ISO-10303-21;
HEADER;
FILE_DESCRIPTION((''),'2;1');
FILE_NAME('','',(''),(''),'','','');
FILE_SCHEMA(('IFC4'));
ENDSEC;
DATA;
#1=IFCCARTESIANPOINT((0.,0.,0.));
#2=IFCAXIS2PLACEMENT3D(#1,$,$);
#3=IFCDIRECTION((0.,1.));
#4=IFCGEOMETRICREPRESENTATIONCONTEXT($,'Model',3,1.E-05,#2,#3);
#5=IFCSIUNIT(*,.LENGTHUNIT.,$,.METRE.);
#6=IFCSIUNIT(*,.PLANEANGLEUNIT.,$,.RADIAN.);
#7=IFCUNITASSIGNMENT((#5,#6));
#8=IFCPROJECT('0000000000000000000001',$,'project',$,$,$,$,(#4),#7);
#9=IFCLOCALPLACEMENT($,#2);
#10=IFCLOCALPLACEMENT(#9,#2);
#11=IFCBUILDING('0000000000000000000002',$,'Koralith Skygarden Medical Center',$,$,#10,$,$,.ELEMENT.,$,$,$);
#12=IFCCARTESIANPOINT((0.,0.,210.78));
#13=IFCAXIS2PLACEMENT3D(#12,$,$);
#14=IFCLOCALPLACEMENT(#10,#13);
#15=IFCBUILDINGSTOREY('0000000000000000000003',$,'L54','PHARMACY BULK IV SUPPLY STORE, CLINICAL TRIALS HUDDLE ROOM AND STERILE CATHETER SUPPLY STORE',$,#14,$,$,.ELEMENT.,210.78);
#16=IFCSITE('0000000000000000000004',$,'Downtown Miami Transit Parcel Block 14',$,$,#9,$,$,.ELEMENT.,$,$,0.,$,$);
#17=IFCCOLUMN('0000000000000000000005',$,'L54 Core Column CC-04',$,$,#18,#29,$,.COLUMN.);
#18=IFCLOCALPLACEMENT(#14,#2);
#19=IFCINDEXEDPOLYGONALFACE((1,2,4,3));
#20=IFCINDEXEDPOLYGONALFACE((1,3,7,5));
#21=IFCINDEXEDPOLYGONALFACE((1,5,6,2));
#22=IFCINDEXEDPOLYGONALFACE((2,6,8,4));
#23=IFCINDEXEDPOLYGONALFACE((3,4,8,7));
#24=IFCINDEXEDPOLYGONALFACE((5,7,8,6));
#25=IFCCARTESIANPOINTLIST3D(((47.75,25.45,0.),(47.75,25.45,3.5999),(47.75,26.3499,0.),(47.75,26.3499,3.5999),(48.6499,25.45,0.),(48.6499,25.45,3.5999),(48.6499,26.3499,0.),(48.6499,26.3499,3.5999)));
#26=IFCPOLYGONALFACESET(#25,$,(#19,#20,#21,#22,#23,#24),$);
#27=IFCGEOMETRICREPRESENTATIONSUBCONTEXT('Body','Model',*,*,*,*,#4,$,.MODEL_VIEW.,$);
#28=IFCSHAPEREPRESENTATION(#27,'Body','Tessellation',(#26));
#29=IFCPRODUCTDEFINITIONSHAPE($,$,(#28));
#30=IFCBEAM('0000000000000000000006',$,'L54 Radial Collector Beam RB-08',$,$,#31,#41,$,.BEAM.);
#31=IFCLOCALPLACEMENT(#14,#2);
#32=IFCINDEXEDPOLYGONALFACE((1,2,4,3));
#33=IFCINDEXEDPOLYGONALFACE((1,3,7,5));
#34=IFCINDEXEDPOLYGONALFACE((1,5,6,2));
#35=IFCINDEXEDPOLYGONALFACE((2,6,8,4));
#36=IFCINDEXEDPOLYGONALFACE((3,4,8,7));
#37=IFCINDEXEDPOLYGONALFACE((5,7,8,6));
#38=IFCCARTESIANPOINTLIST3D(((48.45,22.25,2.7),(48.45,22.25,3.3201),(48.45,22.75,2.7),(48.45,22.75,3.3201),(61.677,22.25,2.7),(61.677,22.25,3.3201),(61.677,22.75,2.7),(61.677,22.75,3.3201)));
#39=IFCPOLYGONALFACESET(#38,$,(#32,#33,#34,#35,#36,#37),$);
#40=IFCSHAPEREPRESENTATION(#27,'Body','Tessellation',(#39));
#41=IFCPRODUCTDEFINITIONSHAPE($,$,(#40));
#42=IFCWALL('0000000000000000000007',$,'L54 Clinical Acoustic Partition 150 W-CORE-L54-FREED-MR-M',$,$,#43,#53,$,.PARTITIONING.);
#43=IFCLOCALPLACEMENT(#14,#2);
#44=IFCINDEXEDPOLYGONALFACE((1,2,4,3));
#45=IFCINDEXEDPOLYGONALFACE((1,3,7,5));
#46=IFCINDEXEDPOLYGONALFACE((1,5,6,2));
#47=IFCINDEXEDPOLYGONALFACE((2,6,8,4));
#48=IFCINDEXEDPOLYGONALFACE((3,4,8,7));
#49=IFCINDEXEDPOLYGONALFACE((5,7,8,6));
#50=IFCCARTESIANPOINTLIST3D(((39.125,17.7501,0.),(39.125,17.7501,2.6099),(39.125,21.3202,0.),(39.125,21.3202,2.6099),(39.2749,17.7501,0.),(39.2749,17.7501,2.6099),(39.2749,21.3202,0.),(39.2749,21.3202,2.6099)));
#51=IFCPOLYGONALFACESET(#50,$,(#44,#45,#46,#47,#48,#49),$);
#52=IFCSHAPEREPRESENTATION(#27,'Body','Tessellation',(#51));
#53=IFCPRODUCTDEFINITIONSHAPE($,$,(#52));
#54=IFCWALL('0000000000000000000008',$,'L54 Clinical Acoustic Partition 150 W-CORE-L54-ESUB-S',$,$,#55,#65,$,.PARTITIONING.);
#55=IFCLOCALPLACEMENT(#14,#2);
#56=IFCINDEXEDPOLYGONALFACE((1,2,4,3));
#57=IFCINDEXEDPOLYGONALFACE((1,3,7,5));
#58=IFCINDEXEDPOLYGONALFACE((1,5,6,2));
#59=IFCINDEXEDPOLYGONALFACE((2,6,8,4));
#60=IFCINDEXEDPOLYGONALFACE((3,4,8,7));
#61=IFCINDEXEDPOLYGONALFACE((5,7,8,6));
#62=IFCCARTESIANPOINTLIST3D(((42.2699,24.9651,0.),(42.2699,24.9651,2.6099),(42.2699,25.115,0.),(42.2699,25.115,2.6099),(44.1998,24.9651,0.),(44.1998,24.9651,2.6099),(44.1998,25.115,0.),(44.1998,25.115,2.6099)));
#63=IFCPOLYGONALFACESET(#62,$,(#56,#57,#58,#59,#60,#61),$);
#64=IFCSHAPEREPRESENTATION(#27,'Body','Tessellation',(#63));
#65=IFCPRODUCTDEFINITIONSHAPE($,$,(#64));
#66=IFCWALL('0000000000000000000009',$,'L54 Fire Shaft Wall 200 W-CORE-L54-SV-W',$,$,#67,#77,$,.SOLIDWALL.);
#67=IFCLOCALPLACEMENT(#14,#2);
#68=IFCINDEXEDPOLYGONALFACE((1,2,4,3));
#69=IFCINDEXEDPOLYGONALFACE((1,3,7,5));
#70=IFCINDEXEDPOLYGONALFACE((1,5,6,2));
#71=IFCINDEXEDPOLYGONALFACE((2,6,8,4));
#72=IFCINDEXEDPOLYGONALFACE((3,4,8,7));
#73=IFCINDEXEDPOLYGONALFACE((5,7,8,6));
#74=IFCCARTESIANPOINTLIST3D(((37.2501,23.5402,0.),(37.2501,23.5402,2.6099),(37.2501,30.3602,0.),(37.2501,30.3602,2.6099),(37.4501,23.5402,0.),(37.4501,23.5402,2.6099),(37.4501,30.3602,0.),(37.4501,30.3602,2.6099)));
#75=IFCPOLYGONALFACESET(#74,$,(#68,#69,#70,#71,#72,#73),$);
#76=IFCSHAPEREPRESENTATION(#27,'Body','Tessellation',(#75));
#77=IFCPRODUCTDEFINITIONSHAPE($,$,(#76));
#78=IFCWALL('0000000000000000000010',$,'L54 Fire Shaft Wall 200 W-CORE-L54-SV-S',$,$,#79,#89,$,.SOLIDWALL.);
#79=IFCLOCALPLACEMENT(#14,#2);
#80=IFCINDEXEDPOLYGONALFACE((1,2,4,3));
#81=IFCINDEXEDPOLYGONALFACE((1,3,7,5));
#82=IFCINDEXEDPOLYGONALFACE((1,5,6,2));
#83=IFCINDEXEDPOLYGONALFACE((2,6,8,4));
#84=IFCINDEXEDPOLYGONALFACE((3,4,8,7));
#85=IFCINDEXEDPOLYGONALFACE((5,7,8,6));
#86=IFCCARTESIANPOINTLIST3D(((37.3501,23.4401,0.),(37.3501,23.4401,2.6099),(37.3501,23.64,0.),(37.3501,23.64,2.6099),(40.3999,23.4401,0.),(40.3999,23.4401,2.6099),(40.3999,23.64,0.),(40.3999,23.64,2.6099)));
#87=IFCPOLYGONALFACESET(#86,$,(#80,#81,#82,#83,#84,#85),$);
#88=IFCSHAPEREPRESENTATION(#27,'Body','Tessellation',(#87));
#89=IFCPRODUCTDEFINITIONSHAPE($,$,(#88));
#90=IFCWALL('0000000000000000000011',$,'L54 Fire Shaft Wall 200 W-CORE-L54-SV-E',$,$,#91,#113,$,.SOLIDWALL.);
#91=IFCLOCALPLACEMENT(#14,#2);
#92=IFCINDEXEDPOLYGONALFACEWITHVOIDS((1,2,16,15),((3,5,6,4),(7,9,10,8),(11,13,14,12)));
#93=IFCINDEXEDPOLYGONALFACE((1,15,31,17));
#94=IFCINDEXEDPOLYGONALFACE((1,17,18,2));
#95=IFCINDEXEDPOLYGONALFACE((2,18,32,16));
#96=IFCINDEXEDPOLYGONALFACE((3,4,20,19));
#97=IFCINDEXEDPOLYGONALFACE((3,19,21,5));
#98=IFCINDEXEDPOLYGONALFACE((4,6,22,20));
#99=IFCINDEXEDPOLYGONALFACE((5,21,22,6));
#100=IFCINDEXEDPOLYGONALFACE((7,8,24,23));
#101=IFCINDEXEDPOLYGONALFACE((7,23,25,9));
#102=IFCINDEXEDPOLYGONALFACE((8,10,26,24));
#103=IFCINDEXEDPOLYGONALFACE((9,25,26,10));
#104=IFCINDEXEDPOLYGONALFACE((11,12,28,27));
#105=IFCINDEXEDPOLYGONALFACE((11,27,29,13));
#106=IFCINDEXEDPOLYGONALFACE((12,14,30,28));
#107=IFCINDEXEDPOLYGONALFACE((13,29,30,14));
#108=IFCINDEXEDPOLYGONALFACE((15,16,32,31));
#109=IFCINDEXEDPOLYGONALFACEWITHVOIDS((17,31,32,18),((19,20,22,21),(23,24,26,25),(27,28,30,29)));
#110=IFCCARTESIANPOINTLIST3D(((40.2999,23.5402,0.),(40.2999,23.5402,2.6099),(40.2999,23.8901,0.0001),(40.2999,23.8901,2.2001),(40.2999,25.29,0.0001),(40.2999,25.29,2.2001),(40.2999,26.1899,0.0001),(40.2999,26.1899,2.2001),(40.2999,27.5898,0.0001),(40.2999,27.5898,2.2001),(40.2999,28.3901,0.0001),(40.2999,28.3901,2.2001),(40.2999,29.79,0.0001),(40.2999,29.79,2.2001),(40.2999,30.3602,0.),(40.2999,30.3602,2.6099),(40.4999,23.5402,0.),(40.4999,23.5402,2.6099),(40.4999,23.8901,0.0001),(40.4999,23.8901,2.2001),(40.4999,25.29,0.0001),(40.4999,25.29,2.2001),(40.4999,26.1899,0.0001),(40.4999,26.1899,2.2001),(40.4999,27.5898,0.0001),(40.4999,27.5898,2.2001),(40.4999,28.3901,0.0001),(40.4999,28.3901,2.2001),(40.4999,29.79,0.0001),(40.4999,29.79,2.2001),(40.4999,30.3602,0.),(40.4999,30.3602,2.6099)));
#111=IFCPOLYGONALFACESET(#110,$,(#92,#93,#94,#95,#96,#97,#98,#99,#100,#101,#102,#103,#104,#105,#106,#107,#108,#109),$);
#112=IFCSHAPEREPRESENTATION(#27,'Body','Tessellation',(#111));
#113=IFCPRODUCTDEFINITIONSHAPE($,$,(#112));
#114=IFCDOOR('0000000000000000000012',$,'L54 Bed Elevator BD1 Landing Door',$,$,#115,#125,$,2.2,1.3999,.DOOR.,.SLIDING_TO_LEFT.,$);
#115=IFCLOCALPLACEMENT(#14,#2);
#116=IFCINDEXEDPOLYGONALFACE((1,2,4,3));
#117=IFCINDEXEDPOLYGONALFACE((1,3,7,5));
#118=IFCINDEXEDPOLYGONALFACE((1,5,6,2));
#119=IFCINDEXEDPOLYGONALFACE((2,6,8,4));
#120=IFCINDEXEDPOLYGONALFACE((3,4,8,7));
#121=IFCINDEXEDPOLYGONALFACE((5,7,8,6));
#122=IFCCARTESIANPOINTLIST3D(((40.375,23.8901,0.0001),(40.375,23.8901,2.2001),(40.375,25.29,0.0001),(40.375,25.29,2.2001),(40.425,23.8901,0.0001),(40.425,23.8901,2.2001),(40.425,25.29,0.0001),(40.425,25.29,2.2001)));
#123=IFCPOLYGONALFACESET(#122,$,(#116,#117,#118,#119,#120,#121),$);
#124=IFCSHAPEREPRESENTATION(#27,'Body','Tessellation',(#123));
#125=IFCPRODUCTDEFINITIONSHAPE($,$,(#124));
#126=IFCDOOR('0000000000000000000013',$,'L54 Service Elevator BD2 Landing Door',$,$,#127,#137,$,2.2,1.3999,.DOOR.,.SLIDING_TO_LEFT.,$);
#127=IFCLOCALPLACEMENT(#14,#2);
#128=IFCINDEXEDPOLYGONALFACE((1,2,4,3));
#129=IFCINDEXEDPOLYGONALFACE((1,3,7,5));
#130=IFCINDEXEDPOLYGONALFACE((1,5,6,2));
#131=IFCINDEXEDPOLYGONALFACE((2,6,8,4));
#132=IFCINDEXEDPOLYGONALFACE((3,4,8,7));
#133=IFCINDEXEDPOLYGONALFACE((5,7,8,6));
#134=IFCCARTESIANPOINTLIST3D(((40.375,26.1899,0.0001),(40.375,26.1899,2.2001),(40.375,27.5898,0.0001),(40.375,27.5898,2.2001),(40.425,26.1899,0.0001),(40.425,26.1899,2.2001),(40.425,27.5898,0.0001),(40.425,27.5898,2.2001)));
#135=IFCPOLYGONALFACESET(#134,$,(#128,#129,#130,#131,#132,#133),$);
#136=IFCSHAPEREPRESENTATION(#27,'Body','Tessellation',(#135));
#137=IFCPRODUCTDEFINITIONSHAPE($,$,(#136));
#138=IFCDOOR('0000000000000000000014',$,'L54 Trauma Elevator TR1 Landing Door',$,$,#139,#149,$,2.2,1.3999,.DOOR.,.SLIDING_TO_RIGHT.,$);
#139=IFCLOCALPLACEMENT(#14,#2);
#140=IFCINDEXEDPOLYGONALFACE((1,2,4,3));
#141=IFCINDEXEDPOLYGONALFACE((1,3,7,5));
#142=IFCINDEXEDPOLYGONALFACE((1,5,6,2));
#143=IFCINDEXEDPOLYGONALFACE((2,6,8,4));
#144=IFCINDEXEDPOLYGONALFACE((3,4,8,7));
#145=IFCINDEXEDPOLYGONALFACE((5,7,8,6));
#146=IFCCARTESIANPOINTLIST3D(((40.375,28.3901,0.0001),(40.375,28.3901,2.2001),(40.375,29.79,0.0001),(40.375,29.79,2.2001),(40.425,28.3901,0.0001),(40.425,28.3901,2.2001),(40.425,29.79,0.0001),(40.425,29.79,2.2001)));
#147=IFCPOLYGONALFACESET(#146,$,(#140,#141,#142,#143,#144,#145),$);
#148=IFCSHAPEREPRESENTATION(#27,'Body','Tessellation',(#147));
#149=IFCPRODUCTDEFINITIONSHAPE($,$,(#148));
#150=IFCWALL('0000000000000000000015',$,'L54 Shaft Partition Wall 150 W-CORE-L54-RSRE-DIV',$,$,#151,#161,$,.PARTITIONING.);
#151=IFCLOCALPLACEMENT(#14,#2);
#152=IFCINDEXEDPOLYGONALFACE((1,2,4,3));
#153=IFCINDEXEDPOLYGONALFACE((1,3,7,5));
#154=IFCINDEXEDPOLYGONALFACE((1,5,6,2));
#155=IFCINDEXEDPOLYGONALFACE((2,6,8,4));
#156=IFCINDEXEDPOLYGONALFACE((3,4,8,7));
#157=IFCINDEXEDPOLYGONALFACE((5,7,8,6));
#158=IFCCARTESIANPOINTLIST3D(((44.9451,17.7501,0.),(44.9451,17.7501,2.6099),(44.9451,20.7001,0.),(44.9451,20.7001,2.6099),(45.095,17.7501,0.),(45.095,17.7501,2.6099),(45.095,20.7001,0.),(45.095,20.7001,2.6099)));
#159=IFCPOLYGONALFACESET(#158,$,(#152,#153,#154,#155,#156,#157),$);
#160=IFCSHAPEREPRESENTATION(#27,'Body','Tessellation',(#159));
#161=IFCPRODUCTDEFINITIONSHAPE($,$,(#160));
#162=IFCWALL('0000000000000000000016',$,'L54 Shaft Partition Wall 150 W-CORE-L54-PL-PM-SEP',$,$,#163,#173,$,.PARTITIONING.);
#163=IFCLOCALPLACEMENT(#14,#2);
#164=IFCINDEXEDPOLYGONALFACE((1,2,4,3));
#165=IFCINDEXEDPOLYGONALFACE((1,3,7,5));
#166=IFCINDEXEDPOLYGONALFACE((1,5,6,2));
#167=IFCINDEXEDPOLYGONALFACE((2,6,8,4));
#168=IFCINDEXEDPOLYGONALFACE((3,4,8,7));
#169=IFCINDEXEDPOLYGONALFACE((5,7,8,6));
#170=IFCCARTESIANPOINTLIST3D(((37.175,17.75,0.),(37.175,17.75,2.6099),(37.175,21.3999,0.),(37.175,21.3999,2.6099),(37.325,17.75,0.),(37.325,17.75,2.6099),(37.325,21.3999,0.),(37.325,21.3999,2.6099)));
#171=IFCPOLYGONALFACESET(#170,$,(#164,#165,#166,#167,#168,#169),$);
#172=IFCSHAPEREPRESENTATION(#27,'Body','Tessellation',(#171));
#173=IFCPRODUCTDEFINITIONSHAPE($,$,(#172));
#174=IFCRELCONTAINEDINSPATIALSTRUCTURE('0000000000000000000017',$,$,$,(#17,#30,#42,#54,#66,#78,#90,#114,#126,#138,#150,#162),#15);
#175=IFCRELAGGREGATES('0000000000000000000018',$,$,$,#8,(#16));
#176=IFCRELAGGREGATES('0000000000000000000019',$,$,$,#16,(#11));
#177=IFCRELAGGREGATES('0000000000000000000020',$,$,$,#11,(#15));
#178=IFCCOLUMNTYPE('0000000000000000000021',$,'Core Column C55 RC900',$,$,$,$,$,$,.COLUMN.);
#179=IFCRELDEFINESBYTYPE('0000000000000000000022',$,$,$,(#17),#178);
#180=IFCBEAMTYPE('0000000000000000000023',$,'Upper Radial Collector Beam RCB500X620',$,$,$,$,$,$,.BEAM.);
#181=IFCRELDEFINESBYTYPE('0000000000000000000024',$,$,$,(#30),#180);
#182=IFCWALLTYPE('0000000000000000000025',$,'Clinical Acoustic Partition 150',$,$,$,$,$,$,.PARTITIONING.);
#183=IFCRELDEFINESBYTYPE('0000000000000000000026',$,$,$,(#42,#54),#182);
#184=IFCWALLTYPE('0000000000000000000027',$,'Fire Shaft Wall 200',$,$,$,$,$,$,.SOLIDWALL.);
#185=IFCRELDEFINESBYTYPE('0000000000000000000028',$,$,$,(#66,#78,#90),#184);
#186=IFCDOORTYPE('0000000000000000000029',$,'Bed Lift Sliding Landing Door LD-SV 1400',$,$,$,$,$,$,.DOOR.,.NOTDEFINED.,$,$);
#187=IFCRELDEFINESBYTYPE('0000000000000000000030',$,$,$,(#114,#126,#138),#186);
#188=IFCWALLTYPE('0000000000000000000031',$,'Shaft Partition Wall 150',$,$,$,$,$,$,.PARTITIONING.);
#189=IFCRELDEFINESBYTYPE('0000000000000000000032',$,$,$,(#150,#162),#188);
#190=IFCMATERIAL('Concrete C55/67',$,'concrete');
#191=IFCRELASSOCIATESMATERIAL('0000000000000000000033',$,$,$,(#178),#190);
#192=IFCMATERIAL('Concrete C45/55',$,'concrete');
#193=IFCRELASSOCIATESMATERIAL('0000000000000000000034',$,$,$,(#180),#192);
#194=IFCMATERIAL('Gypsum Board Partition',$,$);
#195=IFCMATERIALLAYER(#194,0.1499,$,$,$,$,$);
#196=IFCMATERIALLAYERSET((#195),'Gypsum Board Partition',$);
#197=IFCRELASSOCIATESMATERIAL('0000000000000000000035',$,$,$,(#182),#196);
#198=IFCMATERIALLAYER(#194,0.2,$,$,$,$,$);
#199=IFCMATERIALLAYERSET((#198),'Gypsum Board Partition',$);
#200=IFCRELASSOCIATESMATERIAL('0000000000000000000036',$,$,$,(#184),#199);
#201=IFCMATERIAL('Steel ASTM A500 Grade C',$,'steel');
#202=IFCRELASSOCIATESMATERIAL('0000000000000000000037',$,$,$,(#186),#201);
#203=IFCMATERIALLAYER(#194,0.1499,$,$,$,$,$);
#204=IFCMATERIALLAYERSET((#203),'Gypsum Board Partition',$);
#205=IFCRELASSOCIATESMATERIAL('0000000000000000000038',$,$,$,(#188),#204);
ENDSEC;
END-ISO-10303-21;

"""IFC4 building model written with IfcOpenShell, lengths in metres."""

from ifc_helpers import new_model, si_unit, direction, frame, frame_2d, origin, origin_2d, place, context, subcontext, project, spatial, rectangle, extrude, material, layer, layer_set, material_profile, profile_set, type_object, element, fill, save


model = new_model("IFC4")

# Units and contexts
model_context = context("Model", 3, precision=1e-05, world=origin(), true_north=direction((0.0, 1.0)))
body_context = subcontext(model_context, "Body", "Model", "MODEL_VIEW")
ifc_project = project(units=[si_unit("LENGTHUNIT", "METRE"), si_unit("PLANEANGLEUNIT", "RADIAN")], contexts=[model_context])

# Site, building, storey
site_placement = place(None, origin())
site = spatial("IfcSite", under=ifc_project, at=site_placement, Name="Downtown Miami Transit Parcel Block 14", CompositionType="ELEMENT", RefElevation=0.0)
building_placement = place(site_placement, origin())
building = spatial("IfcBuilding", under=site, at=building_placement, Name="Koralith Skygarden Medical Center", CompositionType="ELEMENT")
storey_placement = place(building_placement, frame((0.0, 0.0, 210.78)))
storey = spatial("IfcBuildingStorey", under=building, at=storey_placement, Name="L54", Description="PHARMACY BULK IV SUPPLY STORE, CLINICAL TRIALS HUDDLE ROOM AND STERILE CATHETER SUPPLY STORE", CompositionType="ELEMENT", Elevation=210.78)

# Column
ifc_material_1 = material(Name="Concrete C55/67", Category="concrete")
ifc_material_profile_1 = material_profile(ifc_material_1, rectangle(XDim=0.8999, YDim=0.8999, at=origin_2d()), Name="RC900X900")
ifc_profile_set_1 = profile_set([ifc_material_profile_1], Name="Concrete C55/67")
column_type = type_object("IfcColumnType", Name="Core Column C55 RC900", PredefinedType="COLUMN", material=ifc_profile_set_1)
column_placement = place(storey_placement, frame((48.2, 25.8999, 0.0), z_axis=(0.0, 0.0, 1.0), x_axis=(1.0, 0.0, 0.0)))
element("IfcColumn", 1, at=column_placement, inside=storey, type_object=column_type, Name="L54 Core Column CC-04", PredefinedType="COLUMN", context=body_context, shape_type="SweptSolid", body=[
    extrude(rectangle(XDim=0.8999, YDim=0.8999, at=origin_2d()), origin(), (0.0, 0.0, 1.0), 3.5999),
])

# Beam
ifc_material_2 = material(Name="Concrete C45/55", Category="concrete")
ifc_material_profile_2 = material_profile(ifc_material_2, rectangle(XDim=0.5, YDim=0.6201, at=origin_2d()), Name="RCB500X620")
ifc_profile_set_2 = profile_set([ifc_material_profile_2], Name="Concrete C45/55")
beam_type = type_object("IfcBeamType", Name="Upper Radial Collector Beam RCB500X620", PredefinedType="BEAM", material=ifc_profile_set_2)
beam_placement = place(storey_placement, frame((48.45, 22.5, 3.01), z_axis=(1.0, 0.0, 0.0), x_axis=(0.0, 1.0, 0.0)))
element("IfcBeam", 2, at=beam_placement, inside=storey, type_object=beam_type, Name="L54 Radial Collector Beam RB-08", PredefinedType="BEAM", context=body_context, shape_type="SweptSolid", body=[
    extrude(rectangle(XDim=0.5, YDim=0.6201, at=origin_2d()), origin(), (0.0, 0.0, 1.0), 13.2271),
])

# Shared definitions
ifc_material_3 = material(Name="Gypsum Board Partition")
ifc_layer_1 = layer(ifc_material_3, 0.1499)
ifc_layer_set_1 = layer_set([ifc_layer_1], Name="Gypsum Board Partition")
wall_type_1 = type_object("IfcWallType", Name="Clinical Acoustic Partition 150", PredefinedType="PARTITIONING", material=ifc_layer_set_1)

# Wall
wall_1_placement = place(storey_placement, frame((39.2, 17.75, 0.0), z_axis=(0.0, 0.0, 1.0), x_axis=(0.0, 1.0, 0.0)))
element("IfcWall", 3, at=wall_1_placement, inside=storey, type_object=wall_type_1, Name="L54 Clinical Acoustic Partition 150 W-CORE-L54-FREED-MR-M", PredefinedType="PARTITIONING", context=body_context, shape_type="SweptSolid", body=[
    extrude(rectangle(XDim=3.5701, YDim=0.1499, at=frame_2d((1.7852, 0.0))), origin(), (0.0, 0.0, 1.0), 2.6099),
])

# Wall
wall_2_placement = place(storey_placement, frame((42.27, 25.04, 0.0), z_axis=(0.0, 0.0, 1.0), x_axis=(1.0, 0.0, 0.0)))
element("IfcWall", 4, at=wall_2_placement, inside=storey, type_object=wall_type_1, Name="L54 Clinical Acoustic Partition 150 W-CORE-L54-ESUB-S", PredefinedType="PARTITIONING", context=body_context, shape_type="SweptSolid", body=[
    extrude(rectangle(XDim=1.9299, YDim=0.1499, at=frame_2d((0.9648, 0.0))), origin(), (0.0, 0.0, 1.0), 2.6099),
])

# Shared definitions
ifc_layer_2 = layer(ifc_material_3, 0.2)
ifc_layer_set_2 = layer_set([ifc_layer_2], Name="Gypsum Board Partition")
wall_type_2 = type_object("IfcWallType", Name="Fire Shaft Wall 200", PredefinedType="SOLIDWALL", material=ifc_layer_set_2)
ifc_material_4 = material(Name="Steel ASTM A500 Grade C", Category="steel")

# Walls
wall_3_placement = place(storey_placement, frame((37.3501, 23.54, 0.0), z_axis=(0.0, 0.0, 1.0), x_axis=(0.0, 1.0, 0.0)))
element("IfcWall", 5, at=wall_3_placement, inside=storey, type_object=wall_type_2, Name="L54 Fire Shaft Wall 200 W-CORE-L54-SV-W", PredefinedType="SOLIDWALL", context=body_context, shape_type="SweptSolid", body=[
    extrude(rectangle(XDim=6.8201, YDim=0.2, at=frame_2d((3.4102, 0.0))), origin(), (0.0, 0.0, 1.0), 2.6099),
])
wall_4_placement = place(storey_placement, frame((37.3501, 23.54, 0.0), z_axis=(0.0, 0.0, 1.0), x_axis=(1.0, 0.0, 0.0)))
element("IfcWall", 6, at=wall_4_placement, inside=storey, type_object=wall_type_2, Name="L54 Fire Shaft Wall 200 W-CORE-L54-SV-S", PredefinedType="SOLIDWALL", context=body_context, shape_type="SweptSolid", body=[
    extrude(rectangle(XDim=3.0498, YDim=0.2, at=frame_2d((1.5249, 0.0))), origin(), (0.0, 0.0, 1.0), 2.6099),
])

# Wall, openings, doors
wall_5_placement = place(storey_placement, frame((40.3999, 23.54, 0.0), z_axis=(0.0, 0.0, 1.0), x_axis=(0.0, 1.0, 0.0)))
wall_5 = element("IfcWall", 7, at=wall_5_placement, inside=storey, type_object=wall_type_2, Name="L54 Fire Shaft Wall 200 W-CORE-L54-SV-E", PredefinedType="SOLIDWALL", context=body_context, shape_type="SweptSolid", body=[
    extrude(rectangle(XDim=6.8201, YDim=0.2, at=frame_2d((3.4102, 0.0))), origin(), (0.0, 0.0, 1.0), 2.6099),
])
opening_1_placement = place(wall_5_placement, frame((0.3501, 0.0, 0.0)))
opening_1 = element("IfcOpeningElement", 8, at=opening_1_placement, cuts=wall_5, PredefinedType="OPENING", context=body_context, shape_type="SweptSolid", body=[
    extrude(rectangle(XDim=1.3999, YDim=2.2, at=frame_2d((0.7, 1.1001))), frame((0.0, 0.1099, 0.0), z_axis=(0.0, -1.0, 0.0), x_axis=(1.0, 0.0, 0.0)), (0.0, 0.0, 1.0), 0.22),
])
opening_2_placement = place(wall_5_placement, frame((2.6499, 0.0, 0.0)))
opening_2 = element("IfcOpeningElement", 9, at=opening_2_placement, cuts=wall_5, PredefinedType="OPENING", context=body_context, shape_type="SweptSolid", body=[
    extrude(rectangle(XDim=1.3999, YDim=2.2, at=frame_2d((0.7, 1.1001))), frame((0.0, 0.1099, 0.0), z_axis=(0.0, -1.0, 0.0), x_axis=(1.0, 0.0, 0.0)), (0.0, 0.0, 1.0), 0.22),
])
opening_3_placement = place(wall_5_placement, frame((4.8501, 0.0, 0.0)))
opening_3 = element("IfcOpeningElement", 10, at=opening_3_placement, cuts=wall_5, PredefinedType="OPENING", context=body_context, shape_type="SweptSolid", body=[
    extrude(rectangle(XDim=1.3999, YDim=2.2, at=frame_2d((0.7, 1.1001))), frame((0.0, 0.1099, 0.0), z_axis=(0.0, -1.0, 0.0), x_axis=(1.0, 0.0, 0.0)), (0.0, 0.0, 1.0), 0.22),
])
door_type_1 = type_object("IfcDoorType", Name="Bed Lift Sliding Landing Door LD-SV 1400", OperationType="NOTDEFINED", PredefinedType="DOOR", material=ifc_material_4)
door_1_placement = place(opening_1_placement, origin())
door_1 = element("IfcDoor", 11, at=door_1_placement, inside=storey, type_object=door_type_1, Name="L54 Bed Elevator BD1 Landing Door", OperationType="SLIDING_TO_LEFT", OverallHeight=2.2, OverallWidth=1.3999, PredefinedType="DOOR", context=body_context, shape_type="SweptSolid", body=[
    extrude(rectangle(XDim=1.3999, YDim=2.2, at=frame_2d((0.7, 1.1001))), frame((0.0, 0.0249, 0.0), z_axis=(0.0, -1.0, 0.0), x_axis=(1.0, 0.0, 0.0)), (0.0, 0.0, 1.0), 0.05),
])
fill(opening_1, door_1)
door_2_placement = place(opening_2_placement, origin())
door_2 = element("IfcDoor", 12, at=door_2_placement, inside=storey, type_object=door_type_1, Name="L54 Service Elevator BD2 Landing Door", OperationType="SLIDING_TO_LEFT", OverallHeight=2.2, OverallWidth=1.3999, PredefinedType="DOOR", context=body_context, shape_type="SweptSolid", body=[
    extrude(rectangle(XDim=1.3999, YDim=2.2, at=frame_2d((0.7, 1.1001))), frame((0.0, 0.0249, 0.0), z_axis=(0.0, -1.0, 0.0), x_axis=(1.0, 0.0, 0.0)), (0.0, 0.0, 1.0), 0.05),
])
fill(opening_2, door_2)
door_3_placement = place(opening_3_placement, origin())
door_3 = element("IfcDoor", 13, at=door_3_placement, inside=storey, type_object=door_type_1, Name="L54 Trauma Elevator TR1 Landing Door", OperationType="SLIDING_TO_RIGHT", OverallHeight=2.2, OverallWidth=1.3999, PredefinedType="DOOR", context=body_context, shape_type="SweptSolid", body=[
    extrude(rectangle(XDim=1.3999, YDim=2.2, at=frame_2d((0.7, 1.1001))), frame((0.0, 0.0249, 0.0), z_axis=(0.0, -1.0, 0.0), x_axis=(1.0, 0.0, 0.0)), (0.0, 0.0, 1.0), 0.05),
])
fill(opening_3, door_3)

# Walls
ifc_layer_3 = layer(ifc_material_3, 0.1499)
ifc_layer_set_3 = layer_set([ifc_layer_3], Name="Gypsum Board Partition")
wall_type_3 = type_object("IfcWallType", Name="Shaft Partition Wall 150", PredefinedType="PARTITIONING", material=ifc_layer_set_3)
wall_6_placement = place(storey_placement, frame((45.02, 17.75, 0.0), z_axis=(0.0, 0.0, 1.0), x_axis=(0.0, 1.0, 0.0)))
element("IfcWall", 14, at=wall_6_placement, inside=storey, type_object=wall_type_3, Name="L54 Shaft Partition Wall 150 W-CORE-L54-RSRE-DIV", PredefinedType="PARTITIONING", context=body_context, shape_type="SweptSolid", body=[
    extrude(rectangle(XDim=2.95, YDim=0.1499, at=frame_2d((1.4751, 0.0))), origin(), (0.0, 0.0, 1.0), 2.6099),
])
wall_7_placement = place(storey_placement, frame((37.25, 17.75, 0.0), z_axis=(0.0, 0.0, 1.0), x_axis=(0.0, 1.0, 0.0)))
element("IfcWall", 15, at=wall_7_placement, inside=storey, type_object=wall_type_3, Name="L54 Shaft Partition Wall 150 W-CORE-L54-PL-PM-SEP", PredefinedType="PARTITIONING", context=body_context, shape_type="SweptSolid", body=[
    extrude(rectangle(XDim=3.6499, YDim=0.1499, at=frame_2d((1.825, 0.0))), origin(), (0.0, 0.0, 1.0), 2.6099),
])

save(model, "model.ifc")
